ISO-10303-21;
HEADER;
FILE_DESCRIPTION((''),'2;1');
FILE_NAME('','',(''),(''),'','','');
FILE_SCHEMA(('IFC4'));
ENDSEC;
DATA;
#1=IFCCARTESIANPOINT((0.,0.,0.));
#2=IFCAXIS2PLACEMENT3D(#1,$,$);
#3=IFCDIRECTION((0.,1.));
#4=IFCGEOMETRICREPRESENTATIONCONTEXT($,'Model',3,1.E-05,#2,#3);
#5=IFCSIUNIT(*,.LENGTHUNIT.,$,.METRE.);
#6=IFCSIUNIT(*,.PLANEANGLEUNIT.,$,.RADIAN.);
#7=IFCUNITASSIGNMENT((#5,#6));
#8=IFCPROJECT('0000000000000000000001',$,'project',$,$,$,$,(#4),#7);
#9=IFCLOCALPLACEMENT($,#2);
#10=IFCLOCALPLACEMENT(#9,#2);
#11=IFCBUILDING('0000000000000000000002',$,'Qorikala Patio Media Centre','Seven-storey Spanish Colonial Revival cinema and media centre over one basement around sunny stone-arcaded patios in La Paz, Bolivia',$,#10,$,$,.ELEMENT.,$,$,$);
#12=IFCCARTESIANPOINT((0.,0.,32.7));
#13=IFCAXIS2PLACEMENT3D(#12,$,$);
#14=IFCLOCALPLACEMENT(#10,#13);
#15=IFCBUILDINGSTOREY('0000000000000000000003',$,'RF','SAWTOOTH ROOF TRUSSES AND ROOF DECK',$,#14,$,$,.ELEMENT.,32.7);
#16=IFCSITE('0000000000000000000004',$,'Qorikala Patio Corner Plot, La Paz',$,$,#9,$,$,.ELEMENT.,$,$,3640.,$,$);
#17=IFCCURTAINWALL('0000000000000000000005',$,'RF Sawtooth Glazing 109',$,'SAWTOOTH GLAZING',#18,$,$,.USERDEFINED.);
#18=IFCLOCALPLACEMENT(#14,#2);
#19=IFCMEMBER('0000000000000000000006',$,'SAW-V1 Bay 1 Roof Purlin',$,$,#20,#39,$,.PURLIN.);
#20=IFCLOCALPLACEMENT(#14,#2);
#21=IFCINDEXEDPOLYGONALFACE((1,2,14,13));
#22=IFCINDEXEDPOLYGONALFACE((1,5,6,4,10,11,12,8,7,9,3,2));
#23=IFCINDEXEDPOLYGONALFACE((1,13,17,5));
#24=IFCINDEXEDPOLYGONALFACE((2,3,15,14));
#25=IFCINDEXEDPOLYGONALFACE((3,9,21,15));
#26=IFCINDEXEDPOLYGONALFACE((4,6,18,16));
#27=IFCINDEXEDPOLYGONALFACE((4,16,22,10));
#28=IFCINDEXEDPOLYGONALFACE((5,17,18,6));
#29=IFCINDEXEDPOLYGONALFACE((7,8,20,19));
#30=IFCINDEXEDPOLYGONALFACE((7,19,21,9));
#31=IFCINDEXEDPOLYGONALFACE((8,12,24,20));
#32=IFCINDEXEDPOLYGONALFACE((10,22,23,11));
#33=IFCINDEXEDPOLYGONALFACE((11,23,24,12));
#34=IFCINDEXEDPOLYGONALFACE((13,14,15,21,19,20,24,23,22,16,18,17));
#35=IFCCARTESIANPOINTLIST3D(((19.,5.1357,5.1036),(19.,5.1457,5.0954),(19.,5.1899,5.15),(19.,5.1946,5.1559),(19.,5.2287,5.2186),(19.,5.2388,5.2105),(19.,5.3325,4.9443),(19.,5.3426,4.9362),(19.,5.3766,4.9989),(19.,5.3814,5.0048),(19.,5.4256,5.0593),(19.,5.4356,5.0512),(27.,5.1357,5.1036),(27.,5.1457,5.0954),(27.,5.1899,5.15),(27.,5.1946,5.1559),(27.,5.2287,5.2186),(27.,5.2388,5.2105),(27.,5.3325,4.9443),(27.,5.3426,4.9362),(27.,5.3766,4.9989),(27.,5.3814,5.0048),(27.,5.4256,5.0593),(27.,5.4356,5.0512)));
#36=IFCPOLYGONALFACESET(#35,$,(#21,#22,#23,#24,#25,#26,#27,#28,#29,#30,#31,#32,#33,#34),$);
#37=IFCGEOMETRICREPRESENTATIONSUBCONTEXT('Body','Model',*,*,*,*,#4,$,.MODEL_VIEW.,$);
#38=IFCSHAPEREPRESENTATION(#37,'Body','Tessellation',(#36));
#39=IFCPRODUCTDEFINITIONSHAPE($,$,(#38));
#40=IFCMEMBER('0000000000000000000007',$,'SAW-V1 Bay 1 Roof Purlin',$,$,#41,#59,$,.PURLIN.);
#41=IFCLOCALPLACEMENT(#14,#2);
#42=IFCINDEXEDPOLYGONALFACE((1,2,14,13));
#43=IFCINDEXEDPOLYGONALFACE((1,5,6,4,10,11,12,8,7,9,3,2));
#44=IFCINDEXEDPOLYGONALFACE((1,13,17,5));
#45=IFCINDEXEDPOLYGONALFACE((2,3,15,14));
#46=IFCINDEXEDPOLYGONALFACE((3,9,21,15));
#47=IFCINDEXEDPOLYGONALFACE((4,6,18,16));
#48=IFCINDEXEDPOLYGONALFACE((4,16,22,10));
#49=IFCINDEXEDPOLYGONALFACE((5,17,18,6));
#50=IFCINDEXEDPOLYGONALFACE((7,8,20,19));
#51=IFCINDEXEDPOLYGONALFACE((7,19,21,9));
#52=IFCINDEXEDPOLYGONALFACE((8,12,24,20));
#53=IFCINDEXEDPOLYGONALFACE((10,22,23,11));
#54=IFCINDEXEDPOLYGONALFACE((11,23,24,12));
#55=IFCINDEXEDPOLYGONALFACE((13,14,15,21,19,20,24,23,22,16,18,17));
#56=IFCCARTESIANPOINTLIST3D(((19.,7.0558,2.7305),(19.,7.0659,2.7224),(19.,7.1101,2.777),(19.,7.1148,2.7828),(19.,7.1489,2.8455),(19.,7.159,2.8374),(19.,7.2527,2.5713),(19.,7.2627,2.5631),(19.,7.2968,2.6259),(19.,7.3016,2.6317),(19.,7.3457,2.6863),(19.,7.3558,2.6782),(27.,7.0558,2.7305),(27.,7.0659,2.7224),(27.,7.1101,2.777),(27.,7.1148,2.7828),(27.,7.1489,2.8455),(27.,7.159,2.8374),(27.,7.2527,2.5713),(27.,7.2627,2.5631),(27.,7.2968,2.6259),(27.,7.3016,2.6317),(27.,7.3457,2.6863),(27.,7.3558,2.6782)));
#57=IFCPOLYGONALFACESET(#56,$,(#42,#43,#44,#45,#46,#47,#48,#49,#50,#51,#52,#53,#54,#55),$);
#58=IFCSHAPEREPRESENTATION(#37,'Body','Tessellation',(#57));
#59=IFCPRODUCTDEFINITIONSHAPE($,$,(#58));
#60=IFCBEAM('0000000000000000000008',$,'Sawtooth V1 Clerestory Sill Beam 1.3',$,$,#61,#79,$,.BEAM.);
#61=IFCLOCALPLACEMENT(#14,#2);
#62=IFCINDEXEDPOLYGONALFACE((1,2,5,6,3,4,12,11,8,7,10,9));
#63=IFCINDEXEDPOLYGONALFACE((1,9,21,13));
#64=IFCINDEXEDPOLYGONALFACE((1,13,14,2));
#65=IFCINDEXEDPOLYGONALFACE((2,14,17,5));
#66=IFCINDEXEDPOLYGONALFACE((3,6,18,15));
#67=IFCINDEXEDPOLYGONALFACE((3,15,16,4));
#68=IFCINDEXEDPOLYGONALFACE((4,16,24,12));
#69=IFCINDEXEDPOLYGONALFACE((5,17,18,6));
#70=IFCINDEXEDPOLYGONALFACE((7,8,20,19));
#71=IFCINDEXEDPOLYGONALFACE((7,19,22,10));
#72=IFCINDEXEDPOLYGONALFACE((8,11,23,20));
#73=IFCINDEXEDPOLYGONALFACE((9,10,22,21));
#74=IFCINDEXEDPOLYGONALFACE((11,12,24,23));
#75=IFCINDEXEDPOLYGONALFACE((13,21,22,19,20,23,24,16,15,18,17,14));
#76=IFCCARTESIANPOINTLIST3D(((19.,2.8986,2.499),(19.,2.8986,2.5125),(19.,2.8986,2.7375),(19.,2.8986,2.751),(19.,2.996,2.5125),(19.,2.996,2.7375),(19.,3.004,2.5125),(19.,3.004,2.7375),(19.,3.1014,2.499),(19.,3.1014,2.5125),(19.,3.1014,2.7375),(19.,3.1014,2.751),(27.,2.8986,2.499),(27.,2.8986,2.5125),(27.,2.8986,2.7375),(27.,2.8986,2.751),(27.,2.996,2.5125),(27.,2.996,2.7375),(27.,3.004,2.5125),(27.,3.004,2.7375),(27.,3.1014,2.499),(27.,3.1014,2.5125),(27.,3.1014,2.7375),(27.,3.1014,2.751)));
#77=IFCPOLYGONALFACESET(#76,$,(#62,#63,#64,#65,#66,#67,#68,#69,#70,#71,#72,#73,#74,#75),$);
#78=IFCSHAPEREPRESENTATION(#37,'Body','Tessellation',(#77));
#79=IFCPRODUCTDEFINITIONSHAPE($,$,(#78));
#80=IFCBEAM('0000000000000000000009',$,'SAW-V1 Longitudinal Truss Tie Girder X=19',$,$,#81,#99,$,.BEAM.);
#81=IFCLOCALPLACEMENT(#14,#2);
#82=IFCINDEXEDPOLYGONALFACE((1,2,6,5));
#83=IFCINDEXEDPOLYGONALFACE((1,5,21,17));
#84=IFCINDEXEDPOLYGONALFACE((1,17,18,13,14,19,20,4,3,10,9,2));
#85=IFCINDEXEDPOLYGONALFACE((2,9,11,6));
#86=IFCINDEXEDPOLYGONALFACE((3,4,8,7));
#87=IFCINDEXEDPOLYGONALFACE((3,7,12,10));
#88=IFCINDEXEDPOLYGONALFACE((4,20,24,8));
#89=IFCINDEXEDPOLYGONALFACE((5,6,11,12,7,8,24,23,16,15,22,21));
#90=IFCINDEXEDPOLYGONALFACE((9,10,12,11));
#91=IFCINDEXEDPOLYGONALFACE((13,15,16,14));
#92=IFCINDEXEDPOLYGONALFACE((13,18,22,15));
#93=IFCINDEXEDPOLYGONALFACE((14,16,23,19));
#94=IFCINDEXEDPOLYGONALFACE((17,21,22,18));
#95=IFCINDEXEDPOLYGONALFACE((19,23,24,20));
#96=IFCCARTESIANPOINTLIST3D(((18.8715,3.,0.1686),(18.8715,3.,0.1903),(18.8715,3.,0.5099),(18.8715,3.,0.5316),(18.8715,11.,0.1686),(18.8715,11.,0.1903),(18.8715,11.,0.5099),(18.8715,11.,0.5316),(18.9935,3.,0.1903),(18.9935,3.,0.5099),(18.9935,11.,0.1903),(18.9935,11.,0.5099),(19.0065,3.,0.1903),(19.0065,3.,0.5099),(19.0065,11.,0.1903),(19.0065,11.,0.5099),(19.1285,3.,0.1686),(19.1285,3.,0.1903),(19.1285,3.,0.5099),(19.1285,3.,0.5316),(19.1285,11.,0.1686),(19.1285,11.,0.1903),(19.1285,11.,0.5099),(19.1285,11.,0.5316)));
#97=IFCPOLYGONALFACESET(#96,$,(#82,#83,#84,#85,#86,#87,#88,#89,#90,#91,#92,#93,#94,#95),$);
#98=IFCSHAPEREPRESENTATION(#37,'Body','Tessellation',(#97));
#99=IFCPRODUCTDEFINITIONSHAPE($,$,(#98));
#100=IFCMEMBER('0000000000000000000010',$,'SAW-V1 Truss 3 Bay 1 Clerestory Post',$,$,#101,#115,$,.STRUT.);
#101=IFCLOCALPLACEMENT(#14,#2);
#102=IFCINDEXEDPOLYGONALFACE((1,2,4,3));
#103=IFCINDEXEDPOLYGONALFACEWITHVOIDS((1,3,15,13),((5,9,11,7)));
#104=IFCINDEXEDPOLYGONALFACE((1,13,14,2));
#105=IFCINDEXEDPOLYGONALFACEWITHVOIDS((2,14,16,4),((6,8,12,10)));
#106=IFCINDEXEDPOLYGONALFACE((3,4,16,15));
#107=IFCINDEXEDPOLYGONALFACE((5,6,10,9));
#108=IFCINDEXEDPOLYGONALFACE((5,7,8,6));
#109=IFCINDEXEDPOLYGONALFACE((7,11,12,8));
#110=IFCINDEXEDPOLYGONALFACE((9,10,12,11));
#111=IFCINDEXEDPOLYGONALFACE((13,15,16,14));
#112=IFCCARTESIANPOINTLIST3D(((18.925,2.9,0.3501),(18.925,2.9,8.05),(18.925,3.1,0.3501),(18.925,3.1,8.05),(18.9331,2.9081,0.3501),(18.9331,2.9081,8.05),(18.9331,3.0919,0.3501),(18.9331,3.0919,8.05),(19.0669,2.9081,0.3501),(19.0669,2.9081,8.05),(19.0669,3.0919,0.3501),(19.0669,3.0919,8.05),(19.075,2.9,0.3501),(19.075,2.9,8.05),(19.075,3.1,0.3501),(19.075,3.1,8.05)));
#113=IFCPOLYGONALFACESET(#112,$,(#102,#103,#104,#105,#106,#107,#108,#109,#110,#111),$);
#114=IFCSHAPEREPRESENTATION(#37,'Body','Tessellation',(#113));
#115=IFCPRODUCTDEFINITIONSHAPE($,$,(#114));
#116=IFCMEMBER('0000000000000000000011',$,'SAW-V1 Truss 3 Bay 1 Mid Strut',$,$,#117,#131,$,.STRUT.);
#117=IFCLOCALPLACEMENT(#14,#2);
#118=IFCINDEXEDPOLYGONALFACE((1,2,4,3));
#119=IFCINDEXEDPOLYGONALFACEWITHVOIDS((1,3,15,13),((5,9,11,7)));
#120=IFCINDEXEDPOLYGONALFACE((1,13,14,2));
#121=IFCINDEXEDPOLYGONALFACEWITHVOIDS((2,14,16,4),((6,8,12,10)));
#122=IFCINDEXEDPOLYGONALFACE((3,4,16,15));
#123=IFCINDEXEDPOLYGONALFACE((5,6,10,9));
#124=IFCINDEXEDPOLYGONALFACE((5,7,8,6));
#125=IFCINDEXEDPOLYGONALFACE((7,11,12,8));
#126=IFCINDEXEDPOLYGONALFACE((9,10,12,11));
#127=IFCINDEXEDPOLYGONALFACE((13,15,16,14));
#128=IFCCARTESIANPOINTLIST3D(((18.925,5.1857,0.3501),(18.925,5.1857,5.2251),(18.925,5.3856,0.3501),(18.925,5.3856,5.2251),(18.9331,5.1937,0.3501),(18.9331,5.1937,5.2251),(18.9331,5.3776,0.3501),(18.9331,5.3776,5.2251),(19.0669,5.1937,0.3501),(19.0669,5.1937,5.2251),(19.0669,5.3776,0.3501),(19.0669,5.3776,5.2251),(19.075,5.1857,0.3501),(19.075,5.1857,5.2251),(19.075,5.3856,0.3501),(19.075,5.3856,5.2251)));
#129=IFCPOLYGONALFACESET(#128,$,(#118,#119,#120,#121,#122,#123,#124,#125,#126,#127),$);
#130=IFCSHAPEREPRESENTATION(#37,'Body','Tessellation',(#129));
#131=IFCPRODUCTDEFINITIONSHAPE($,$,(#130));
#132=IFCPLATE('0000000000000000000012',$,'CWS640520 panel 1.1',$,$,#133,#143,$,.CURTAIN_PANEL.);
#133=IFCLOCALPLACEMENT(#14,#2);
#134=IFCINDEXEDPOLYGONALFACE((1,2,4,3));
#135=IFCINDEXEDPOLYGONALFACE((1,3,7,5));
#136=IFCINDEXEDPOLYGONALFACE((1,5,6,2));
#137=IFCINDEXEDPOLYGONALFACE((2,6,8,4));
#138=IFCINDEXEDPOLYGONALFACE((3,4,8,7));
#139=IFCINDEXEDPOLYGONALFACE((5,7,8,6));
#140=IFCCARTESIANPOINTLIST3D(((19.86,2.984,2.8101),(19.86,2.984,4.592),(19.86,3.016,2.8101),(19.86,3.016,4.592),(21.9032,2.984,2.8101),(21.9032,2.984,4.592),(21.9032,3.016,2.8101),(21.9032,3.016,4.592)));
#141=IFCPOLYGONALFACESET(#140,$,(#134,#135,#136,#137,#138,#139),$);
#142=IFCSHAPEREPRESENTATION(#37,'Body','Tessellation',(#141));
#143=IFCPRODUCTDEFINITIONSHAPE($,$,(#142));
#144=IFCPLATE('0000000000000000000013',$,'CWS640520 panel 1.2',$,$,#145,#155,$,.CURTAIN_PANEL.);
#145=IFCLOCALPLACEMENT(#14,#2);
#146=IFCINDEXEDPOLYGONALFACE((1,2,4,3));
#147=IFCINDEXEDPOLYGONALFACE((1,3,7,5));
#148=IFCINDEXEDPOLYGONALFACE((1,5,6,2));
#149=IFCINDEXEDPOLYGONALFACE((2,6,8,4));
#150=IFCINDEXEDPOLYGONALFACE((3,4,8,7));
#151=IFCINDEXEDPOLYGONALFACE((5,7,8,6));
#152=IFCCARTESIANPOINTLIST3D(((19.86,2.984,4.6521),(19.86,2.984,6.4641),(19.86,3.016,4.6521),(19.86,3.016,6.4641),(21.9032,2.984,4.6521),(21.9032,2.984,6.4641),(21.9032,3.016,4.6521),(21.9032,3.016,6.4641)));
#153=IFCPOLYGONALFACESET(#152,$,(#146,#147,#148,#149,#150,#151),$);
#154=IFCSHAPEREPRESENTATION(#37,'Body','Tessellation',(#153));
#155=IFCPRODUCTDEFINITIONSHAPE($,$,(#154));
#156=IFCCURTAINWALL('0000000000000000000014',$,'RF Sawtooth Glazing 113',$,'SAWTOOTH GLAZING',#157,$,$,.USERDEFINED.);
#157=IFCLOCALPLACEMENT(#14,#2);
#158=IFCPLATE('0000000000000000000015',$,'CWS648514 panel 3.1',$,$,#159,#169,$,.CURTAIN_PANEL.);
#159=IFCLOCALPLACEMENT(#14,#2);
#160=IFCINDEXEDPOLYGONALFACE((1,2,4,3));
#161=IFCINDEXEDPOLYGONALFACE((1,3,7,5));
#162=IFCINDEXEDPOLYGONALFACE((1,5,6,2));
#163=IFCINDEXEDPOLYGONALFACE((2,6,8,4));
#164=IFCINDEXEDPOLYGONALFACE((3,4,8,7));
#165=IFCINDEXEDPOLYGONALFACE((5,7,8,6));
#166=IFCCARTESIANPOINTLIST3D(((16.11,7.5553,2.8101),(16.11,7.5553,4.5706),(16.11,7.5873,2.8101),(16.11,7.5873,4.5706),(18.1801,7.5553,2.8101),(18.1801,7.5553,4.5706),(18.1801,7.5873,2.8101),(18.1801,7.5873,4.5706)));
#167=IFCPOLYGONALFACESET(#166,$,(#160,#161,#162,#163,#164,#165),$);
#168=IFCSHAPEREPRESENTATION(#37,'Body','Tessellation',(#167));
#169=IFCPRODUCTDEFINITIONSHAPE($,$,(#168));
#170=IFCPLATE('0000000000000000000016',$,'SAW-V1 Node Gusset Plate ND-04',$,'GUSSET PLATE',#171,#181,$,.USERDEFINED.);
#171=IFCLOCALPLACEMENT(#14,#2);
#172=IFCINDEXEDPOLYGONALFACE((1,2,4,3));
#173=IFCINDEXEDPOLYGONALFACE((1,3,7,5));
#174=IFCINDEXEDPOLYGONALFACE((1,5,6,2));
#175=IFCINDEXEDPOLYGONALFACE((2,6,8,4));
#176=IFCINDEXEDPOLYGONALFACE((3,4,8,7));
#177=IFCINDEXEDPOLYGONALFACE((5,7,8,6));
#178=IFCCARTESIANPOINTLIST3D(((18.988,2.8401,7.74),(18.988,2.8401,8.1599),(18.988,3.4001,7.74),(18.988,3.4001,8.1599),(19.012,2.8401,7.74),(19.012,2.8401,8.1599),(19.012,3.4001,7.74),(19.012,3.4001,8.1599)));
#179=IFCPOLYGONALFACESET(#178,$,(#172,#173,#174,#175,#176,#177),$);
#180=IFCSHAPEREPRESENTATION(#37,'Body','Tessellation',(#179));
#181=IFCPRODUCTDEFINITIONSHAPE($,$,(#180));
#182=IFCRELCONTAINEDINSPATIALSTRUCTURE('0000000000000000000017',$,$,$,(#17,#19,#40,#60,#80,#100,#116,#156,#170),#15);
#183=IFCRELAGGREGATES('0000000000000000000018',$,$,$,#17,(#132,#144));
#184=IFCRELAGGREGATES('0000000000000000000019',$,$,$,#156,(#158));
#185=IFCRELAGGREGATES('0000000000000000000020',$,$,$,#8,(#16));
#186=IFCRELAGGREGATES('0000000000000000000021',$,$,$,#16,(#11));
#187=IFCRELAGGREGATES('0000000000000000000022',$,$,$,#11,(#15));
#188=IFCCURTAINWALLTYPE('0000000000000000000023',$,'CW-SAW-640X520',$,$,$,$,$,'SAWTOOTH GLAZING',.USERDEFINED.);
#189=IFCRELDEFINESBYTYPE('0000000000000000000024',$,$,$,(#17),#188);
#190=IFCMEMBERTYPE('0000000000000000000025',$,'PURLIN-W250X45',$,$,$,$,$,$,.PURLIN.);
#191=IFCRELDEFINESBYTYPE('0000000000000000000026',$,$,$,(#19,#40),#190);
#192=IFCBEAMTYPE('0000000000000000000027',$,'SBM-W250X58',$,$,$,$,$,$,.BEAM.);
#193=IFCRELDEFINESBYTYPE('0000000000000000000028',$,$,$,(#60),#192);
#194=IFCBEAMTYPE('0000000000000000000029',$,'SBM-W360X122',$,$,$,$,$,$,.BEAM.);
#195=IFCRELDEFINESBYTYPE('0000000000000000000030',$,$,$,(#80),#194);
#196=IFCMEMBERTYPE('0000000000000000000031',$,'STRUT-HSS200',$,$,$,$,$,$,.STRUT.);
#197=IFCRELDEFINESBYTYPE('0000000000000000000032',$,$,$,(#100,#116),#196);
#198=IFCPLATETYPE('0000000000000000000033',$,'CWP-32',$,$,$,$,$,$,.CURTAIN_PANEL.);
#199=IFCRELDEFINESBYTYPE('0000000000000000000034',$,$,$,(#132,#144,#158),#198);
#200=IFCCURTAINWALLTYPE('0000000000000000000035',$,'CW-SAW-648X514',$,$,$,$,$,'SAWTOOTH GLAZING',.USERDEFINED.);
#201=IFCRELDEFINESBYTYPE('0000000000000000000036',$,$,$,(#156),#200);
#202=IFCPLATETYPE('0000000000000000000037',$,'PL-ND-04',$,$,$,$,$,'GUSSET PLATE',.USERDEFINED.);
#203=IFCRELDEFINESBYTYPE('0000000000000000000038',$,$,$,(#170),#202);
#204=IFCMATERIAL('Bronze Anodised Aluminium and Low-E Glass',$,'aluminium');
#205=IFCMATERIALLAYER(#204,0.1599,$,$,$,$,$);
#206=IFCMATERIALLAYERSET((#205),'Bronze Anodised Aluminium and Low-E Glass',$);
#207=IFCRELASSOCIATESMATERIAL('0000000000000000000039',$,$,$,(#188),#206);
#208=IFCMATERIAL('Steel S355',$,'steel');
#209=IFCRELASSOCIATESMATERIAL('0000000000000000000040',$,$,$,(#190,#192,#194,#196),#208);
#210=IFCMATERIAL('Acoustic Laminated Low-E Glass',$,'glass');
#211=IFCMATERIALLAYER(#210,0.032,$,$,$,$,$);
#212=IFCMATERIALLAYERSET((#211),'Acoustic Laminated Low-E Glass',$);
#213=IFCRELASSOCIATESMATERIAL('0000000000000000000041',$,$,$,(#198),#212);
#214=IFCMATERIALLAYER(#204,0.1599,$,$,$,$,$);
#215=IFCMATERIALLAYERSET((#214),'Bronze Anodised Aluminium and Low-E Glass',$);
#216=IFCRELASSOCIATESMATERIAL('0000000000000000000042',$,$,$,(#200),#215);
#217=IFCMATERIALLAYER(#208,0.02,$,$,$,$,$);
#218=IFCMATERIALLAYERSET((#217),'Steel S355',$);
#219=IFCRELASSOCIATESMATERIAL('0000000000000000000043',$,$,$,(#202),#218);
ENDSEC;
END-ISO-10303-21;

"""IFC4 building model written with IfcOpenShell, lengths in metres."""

from ifc_helpers import new_model, si_unit, direction, frame, origin, origin_2d, place, context, subcontext, project, spatial, rectangle, hollow_rectangle, i_section, extrude, material, layer, layer_set, material_profile, profile_set, type_object, element, aggregate, save


model = new_model("IFC4")

# Units and contexts
model_context = context("Model", 3, precision=1e-05, world=origin(), true_north=direction((0.0, 1.0)))
body_context = subcontext(model_context, "Body", "Model", "MODEL_VIEW")
ifc_project = project(units=[si_unit("LENGTHUNIT", "METRE"), si_unit("PLANEANGLEUNIT", "RADIAN")], contexts=[model_context])

# Site, building, storey
site_placement = place(None, origin())
site = spatial("IfcSite", under=ifc_project, at=site_placement, Name="Qorikala Patio Corner Plot, La Paz", CompositionType="ELEMENT", RefElevation=3640.0)
building_placement = place(site_placement, origin())
building = spatial("IfcBuilding", under=site, at=building_placement, Name="Qorikala Patio Media Centre", Description="Seven-storey Spanish Colonial Revival cinema and media centre over one basement around sunny stone-arcaded patios in La Paz, Bolivia", CompositionType="ELEMENT")
storey_placement = place(building_placement, frame((0.0, 0.0, 32.7)))
storey = spatial("IfcBuildingStorey", under=building, at=storey_placement, Name="RF", Description="SAWTOOTH ROOF TRUSSES AND ROOF DECK", CompositionType="ELEMENT", Elevation=32.7)

# Shared definitions
ifc_material_1 = material(Name="Steel S355", Category="steel")

# Shared definitions
ifc_material_2 = material(Name="Bronze Anodised Aluminium and Low-E Glass", Category="aluminium")

# Curtain wall
ifc_layer_1 = layer(ifc_material_2, 0.1599)
ifc_layer_set_1 = layer_set([ifc_layer_1], Name="Bronze Anodised Aluminium and Low-E Glass")
curtain_wall_type_1 = type_object("IfcCurtainWallType", Name="CW-SAW-640X520", ElementType="SAWTOOTH GLAZING", PredefinedType="USERDEFINED", material=ifc_layer_set_1)
curtain_wall_1_placement = place(storey_placement, origin())
curtain_wall_1 = element("IfcCurtainWall", 1, at=curtain_wall_1_placement, inside=storey, type_object=curtain_wall_type_1, Name="RF Sawtooth Glazing 109", ObjectType="SAWTOOTH GLAZING", PredefinedType="USERDEFINED")

# Members
ifc_material_profile_1 = material_profile(ifc_material_1, i_section(OverallWidth=0.1479, OverallDepth=0.2661, WebThickness=0.0076, FlangeThickness=0.0129, at=origin_2d()), Name="W250X45")
ifc_profile_set_1 = profile_set([ifc_material_profile_1], Name="Steel S355")
member_type_1 = type_object("IfcMemberType", Name="PURLIN-W250X45", PredefinedType="PURLIN", material=ifc_profile_set_1)
for number, where, z_axis, x_axis, name in (
    (2, (19.0, 5.2856, 5.0774), (1.0, 0.0, 0.0), (0.0, 0.628995, 0.77741), "SAW-V1 Bay 1 Roof Purlin"),
    (3, (19.0, 7.2058, 2.7043), (1.0, 0.0, 0.0), (0.0, 0.628995, 0.77741), "SAW-V1 Bay 1 Roof Purlin"),
):
    element("IfcMember", number, at=place(storey_placement, frame(where, z_axis=z_axis, x_axis=x_axis)), inside=storey, type_object=member_type_1, Name=name, PredefinedType="PURLIN", context=body_context, shape_type="SweptSolid", body=[
        extrude(i_section(OverallWidth=0.1479, OverallDepth=0.2661, WebThickness=0.0076, FlangeThickness=0.0129, at=origin_2d()), origin(), (0.0, 0.0, 1.0), 8.0),
    ])

# Beams
ifc_material_profile_2 = material_profile(ifc_material_1, i_section(OverallWidth=0.2029, OverallDepth=0.252, WebThickness=0.0081, FlangeThickness=0.0134, at=origin_2d()), Name="W250X58")
ifc_profile_set_2 = profile_set([ifc_material_profile_2], Name="Steel S355")
beam_type_1 = type_object("IfcBeamType", Name="SBM-W250X58", PredefinedType="BEAM", material=ifc_profile_set_2)
beam_1_placement = place(storey_placement, frame((19.0, 3.0, 2.625), z_axis=(1.0, 0.0, 0.0), x_axis=(0.0, 1.0, 0.0)))
element("IfcBeam", 4, at=beam_1_placement, inside=storey, type_object=beam_type_1, Name="Sawtooth V1 Clerestory Sill Beam 1.3", PredefinedType="BEAM", context=body_context, shape_type="SweptSolid", body=[
    extrude(i_section(OverallWidth=0.2029, OverallDepth=0.252, WebThickness=0.0081, FlangeThickness=0.0134, at=origin_2d()), origin(), (0.0, 0.0, 1.0), 8.0),
])
ifc_material_profile_3 = material_profile(ifc_material_1, i_section(OverallWidth=0.2571, OverallDepth=0.363, WebThickness=0.0129, FlangeThickness=0.0217, at=origin_2d()), Name="W360X122")
ifc_profile_set_3 = profile_set([ifc_material_profile_3], Name="Steel S355")
beam_type_2 = type_object("IfcBeamType", Name="SBM-W360X122", PredefinedType="BEAM", material=ifc_profile_set_3)
beam_2_placement = place(storey_placement, frame((19.0, 3.0, 0.3501), z_axis=(0.0, 1.0, 0.0), x_axis=(-1.0, 0.0, 0.0)))
element("IfcBeam", 5, at=beam_2_placement, inside=storey, type_object=beam_type_2, Name="SAW-V1 Longitudinal Truss Tie Girder X=19", PredefinedType="BEAM", context=body_context, shape_type="SweptSolid", body=[
    extrude(i_section(OverallWidth=0.2571, OverallDepth=0.363, WebThickness=0.0129, FlangeThickness=0.0217, at=origin_2d()), origin(), (0.0, 0.0, 1.0), 8.0),
])

# Members
ifc_material_profile_4 = material_profile(ifc_material_1, hollow_rectangle(XDim=0.1499, YDim=0.2, WallThickness=0.0081, at=origin_2d()), Name="HSS200X150X8")
ifc_profile_set_4 = profile_set([ifc_material_profile_4], Name="Steel S355")
member_type_2 = type_object("IfcMemberType", Name="STRUT-HSS200", PredefinedType="STRUT", material=ifc_profile_set_4)
member_1_placement = place(storey_placement, frame((19.0, 3.0, 0.3501), z_axis=(0.0, 0.0, 1.0), x_axis=(1.0, 0.0, 0.0)))
element("IfcMember", 6, at=member_1_placement, inside=storey, type_object=member_type_2, Name="SAW-V1 Truss 3 Bay 1 Clerestory Post", PredefinedType="STRUT", context=body_context, shape_type="SweptSolid", body=[
    extrude(hollow_rectangle(XDim=0.1499, YDim=0.2, WallThickness=0.0081, at=origin_2d()), origin(), (0.0, 0.0, 1.0), 7.7),
])
member_2_placement = place(storey_placement, frame((19.0, 5.2856, 0.3501), z_axis=(0.0, 0.0, 1.0), x_axis=(1.0, 0.0, 0.0)))
element("IfcMember", 7, at=member_2_placement, inside=storey, type_object=member_type_2, Name="SAW-V1 Truss 3 Bay 1 Mid Strut", PredefinedType="STRUT", context=body_context, shape_type="SweptSolid", body=[
    extrude(hollow_rectangle(XDim=0.1499, YDim=0.2, WallThickness=0.0081, at=origin_2d()), origin(), (0.0, 0.0, 1.0), 4.875),
])

# Plates
ifc_material_3 = material(Name="Acoustic Laminated Low-E Glass", Category="glass")
ifc_layer_2 = layer(ifc_material_3, 0.032)
ifc_layer_set_2 = layer_set([ifc_layer_2], Name="Acoustic Laminated Low-E Glass")
plate_type_1 = type_object("IfcPlateType", Name="CWP-32", PredefinedType="CURTAIN_PANEL", material=ifc_layer_set_2)
plate_1_placement = place(storey_placement, frame((20.8816, 3.0, 2.8101), z_axis=(0.0, 0.0, 1.0), x_axis=(1.0, 0.0, 0.0)))
plate_1 = element("IfcPlate", 8, at=plate_1_placement, type_object=plate_type_1, Name="CWS640520 panel 1.1", PredefinedType="CURTAIN_PANEL", context=body_context, shape_type="SweptSolid", body=[
    extrude(rectangle(XDim=2.0432, YDim=0.032, at=origin_2d()), origin(), (0.0, 0.0, 1.0), 1.782),
])
plate_2_placement = place(storey_placement, frame((20.8816, 3.0, 4.6521), z_axis=(0.0, 0.0, 1.0), x_axis=(1.0, 0.0, 0.0)))
plate_2 = element("IfcPlate", 9, at=plate_2_placement, type_object=plate_type_1, Name="CWS640520 panel 1.2", PredefinedType="CURTAIN_PANEL", context=body_context, shape_type="SweptSolid", body=[
    extrude(rectangle(XDim=2.0432, YDim=0.032, at=origin_2d()), origin(), (0.0, 0.0, 1.0), 1.812),
])
aggregate(curtain_wall_1, [plate_1, plate_2])

# Curtain wall, plate
ifc_layer_3 = layer(ifc_material_2, 0.1599)
ifc_layer_set_3 = layer_set([ifc_layer_3], Name="Bronze Anodised Aluminium and Low-E Glass")
curtain_wall_type_2 = type_object("IfcCurtainWallType", Name="CW-SAW-648X514", ElementType="SAWTOOTH GLAZING", PredefinedType="USERDEFINED", material=ifc_layer_set_3)
curtain_wall_2_placement = place(storey_placement, origin())
curtain_wall_2 = element("IfcCurtainWall", 10, at=curtain_wall_2_placement, inside=storey, type_object=curtain_wall_type_2, Name="RF Sawtooth Glazing 113", ObjectType="SAWTOOTH GLAZING", PredefinedType="USERDEFINED")
plate_3_placement = place(storey_placement, frame((17.145, 7.5713, 2.8101), z_axis=(0.0, 0.0, 1.0), x_axis=(1.0, 0.0, 0.0)))
plate_3 = element("IfcPlate", 11, at=plate_3_placement, type_object=plate_type_1, Name="CWS648514 panel 3.1", PredefinedType="CURTAIN_PANEL", context=body_context, shape_type="SweptSolid", body=[
    extrude(rectangle(XDim=2.0701, YDim=0.032, at=origin_2d()), origin(), (0.0, 0.0, 1.0), 1.7605),
])
aggregate(curtain_wall_2, [plate_3])

# Plate
ifc_layer_4 = layer(ifc_material_1, 0.02)
ifc_layer_set_4 = layer_set([ifc_layer_4], Name="Steel S355")
plate_type_2 = type_object("IfcPlateType", Name="PL-ND-04", ElementType="GUSSET PLATE", PredefinedType="USERDEFINED", material=ifc_layer_set_4)
plate_4_placement = place(storey_placement, frame((19.0, 3.1201, 7.74), z_axis=(0.0, 0.0, 1.0), x_axis=(1.0, 0.0, 0.0)))
element("IfcPlate", 12, at=plate_4_placement, inside=storey, type_object=plate_type_2, Name="SAW-V1 Node Gusset Plate ND-04", ObjectType="GUSSET PLATE", PredefinedType="USERDEFINED", context=body_context, shape_type="SweptSolid", body=[
    extrude(rectangle(XDim=0.0239, YDim=0.5601, at=origin_2d()), origin(), (0.0, 0.0, 1.0), 0.4199),
])

save(model, "model.ifc")
